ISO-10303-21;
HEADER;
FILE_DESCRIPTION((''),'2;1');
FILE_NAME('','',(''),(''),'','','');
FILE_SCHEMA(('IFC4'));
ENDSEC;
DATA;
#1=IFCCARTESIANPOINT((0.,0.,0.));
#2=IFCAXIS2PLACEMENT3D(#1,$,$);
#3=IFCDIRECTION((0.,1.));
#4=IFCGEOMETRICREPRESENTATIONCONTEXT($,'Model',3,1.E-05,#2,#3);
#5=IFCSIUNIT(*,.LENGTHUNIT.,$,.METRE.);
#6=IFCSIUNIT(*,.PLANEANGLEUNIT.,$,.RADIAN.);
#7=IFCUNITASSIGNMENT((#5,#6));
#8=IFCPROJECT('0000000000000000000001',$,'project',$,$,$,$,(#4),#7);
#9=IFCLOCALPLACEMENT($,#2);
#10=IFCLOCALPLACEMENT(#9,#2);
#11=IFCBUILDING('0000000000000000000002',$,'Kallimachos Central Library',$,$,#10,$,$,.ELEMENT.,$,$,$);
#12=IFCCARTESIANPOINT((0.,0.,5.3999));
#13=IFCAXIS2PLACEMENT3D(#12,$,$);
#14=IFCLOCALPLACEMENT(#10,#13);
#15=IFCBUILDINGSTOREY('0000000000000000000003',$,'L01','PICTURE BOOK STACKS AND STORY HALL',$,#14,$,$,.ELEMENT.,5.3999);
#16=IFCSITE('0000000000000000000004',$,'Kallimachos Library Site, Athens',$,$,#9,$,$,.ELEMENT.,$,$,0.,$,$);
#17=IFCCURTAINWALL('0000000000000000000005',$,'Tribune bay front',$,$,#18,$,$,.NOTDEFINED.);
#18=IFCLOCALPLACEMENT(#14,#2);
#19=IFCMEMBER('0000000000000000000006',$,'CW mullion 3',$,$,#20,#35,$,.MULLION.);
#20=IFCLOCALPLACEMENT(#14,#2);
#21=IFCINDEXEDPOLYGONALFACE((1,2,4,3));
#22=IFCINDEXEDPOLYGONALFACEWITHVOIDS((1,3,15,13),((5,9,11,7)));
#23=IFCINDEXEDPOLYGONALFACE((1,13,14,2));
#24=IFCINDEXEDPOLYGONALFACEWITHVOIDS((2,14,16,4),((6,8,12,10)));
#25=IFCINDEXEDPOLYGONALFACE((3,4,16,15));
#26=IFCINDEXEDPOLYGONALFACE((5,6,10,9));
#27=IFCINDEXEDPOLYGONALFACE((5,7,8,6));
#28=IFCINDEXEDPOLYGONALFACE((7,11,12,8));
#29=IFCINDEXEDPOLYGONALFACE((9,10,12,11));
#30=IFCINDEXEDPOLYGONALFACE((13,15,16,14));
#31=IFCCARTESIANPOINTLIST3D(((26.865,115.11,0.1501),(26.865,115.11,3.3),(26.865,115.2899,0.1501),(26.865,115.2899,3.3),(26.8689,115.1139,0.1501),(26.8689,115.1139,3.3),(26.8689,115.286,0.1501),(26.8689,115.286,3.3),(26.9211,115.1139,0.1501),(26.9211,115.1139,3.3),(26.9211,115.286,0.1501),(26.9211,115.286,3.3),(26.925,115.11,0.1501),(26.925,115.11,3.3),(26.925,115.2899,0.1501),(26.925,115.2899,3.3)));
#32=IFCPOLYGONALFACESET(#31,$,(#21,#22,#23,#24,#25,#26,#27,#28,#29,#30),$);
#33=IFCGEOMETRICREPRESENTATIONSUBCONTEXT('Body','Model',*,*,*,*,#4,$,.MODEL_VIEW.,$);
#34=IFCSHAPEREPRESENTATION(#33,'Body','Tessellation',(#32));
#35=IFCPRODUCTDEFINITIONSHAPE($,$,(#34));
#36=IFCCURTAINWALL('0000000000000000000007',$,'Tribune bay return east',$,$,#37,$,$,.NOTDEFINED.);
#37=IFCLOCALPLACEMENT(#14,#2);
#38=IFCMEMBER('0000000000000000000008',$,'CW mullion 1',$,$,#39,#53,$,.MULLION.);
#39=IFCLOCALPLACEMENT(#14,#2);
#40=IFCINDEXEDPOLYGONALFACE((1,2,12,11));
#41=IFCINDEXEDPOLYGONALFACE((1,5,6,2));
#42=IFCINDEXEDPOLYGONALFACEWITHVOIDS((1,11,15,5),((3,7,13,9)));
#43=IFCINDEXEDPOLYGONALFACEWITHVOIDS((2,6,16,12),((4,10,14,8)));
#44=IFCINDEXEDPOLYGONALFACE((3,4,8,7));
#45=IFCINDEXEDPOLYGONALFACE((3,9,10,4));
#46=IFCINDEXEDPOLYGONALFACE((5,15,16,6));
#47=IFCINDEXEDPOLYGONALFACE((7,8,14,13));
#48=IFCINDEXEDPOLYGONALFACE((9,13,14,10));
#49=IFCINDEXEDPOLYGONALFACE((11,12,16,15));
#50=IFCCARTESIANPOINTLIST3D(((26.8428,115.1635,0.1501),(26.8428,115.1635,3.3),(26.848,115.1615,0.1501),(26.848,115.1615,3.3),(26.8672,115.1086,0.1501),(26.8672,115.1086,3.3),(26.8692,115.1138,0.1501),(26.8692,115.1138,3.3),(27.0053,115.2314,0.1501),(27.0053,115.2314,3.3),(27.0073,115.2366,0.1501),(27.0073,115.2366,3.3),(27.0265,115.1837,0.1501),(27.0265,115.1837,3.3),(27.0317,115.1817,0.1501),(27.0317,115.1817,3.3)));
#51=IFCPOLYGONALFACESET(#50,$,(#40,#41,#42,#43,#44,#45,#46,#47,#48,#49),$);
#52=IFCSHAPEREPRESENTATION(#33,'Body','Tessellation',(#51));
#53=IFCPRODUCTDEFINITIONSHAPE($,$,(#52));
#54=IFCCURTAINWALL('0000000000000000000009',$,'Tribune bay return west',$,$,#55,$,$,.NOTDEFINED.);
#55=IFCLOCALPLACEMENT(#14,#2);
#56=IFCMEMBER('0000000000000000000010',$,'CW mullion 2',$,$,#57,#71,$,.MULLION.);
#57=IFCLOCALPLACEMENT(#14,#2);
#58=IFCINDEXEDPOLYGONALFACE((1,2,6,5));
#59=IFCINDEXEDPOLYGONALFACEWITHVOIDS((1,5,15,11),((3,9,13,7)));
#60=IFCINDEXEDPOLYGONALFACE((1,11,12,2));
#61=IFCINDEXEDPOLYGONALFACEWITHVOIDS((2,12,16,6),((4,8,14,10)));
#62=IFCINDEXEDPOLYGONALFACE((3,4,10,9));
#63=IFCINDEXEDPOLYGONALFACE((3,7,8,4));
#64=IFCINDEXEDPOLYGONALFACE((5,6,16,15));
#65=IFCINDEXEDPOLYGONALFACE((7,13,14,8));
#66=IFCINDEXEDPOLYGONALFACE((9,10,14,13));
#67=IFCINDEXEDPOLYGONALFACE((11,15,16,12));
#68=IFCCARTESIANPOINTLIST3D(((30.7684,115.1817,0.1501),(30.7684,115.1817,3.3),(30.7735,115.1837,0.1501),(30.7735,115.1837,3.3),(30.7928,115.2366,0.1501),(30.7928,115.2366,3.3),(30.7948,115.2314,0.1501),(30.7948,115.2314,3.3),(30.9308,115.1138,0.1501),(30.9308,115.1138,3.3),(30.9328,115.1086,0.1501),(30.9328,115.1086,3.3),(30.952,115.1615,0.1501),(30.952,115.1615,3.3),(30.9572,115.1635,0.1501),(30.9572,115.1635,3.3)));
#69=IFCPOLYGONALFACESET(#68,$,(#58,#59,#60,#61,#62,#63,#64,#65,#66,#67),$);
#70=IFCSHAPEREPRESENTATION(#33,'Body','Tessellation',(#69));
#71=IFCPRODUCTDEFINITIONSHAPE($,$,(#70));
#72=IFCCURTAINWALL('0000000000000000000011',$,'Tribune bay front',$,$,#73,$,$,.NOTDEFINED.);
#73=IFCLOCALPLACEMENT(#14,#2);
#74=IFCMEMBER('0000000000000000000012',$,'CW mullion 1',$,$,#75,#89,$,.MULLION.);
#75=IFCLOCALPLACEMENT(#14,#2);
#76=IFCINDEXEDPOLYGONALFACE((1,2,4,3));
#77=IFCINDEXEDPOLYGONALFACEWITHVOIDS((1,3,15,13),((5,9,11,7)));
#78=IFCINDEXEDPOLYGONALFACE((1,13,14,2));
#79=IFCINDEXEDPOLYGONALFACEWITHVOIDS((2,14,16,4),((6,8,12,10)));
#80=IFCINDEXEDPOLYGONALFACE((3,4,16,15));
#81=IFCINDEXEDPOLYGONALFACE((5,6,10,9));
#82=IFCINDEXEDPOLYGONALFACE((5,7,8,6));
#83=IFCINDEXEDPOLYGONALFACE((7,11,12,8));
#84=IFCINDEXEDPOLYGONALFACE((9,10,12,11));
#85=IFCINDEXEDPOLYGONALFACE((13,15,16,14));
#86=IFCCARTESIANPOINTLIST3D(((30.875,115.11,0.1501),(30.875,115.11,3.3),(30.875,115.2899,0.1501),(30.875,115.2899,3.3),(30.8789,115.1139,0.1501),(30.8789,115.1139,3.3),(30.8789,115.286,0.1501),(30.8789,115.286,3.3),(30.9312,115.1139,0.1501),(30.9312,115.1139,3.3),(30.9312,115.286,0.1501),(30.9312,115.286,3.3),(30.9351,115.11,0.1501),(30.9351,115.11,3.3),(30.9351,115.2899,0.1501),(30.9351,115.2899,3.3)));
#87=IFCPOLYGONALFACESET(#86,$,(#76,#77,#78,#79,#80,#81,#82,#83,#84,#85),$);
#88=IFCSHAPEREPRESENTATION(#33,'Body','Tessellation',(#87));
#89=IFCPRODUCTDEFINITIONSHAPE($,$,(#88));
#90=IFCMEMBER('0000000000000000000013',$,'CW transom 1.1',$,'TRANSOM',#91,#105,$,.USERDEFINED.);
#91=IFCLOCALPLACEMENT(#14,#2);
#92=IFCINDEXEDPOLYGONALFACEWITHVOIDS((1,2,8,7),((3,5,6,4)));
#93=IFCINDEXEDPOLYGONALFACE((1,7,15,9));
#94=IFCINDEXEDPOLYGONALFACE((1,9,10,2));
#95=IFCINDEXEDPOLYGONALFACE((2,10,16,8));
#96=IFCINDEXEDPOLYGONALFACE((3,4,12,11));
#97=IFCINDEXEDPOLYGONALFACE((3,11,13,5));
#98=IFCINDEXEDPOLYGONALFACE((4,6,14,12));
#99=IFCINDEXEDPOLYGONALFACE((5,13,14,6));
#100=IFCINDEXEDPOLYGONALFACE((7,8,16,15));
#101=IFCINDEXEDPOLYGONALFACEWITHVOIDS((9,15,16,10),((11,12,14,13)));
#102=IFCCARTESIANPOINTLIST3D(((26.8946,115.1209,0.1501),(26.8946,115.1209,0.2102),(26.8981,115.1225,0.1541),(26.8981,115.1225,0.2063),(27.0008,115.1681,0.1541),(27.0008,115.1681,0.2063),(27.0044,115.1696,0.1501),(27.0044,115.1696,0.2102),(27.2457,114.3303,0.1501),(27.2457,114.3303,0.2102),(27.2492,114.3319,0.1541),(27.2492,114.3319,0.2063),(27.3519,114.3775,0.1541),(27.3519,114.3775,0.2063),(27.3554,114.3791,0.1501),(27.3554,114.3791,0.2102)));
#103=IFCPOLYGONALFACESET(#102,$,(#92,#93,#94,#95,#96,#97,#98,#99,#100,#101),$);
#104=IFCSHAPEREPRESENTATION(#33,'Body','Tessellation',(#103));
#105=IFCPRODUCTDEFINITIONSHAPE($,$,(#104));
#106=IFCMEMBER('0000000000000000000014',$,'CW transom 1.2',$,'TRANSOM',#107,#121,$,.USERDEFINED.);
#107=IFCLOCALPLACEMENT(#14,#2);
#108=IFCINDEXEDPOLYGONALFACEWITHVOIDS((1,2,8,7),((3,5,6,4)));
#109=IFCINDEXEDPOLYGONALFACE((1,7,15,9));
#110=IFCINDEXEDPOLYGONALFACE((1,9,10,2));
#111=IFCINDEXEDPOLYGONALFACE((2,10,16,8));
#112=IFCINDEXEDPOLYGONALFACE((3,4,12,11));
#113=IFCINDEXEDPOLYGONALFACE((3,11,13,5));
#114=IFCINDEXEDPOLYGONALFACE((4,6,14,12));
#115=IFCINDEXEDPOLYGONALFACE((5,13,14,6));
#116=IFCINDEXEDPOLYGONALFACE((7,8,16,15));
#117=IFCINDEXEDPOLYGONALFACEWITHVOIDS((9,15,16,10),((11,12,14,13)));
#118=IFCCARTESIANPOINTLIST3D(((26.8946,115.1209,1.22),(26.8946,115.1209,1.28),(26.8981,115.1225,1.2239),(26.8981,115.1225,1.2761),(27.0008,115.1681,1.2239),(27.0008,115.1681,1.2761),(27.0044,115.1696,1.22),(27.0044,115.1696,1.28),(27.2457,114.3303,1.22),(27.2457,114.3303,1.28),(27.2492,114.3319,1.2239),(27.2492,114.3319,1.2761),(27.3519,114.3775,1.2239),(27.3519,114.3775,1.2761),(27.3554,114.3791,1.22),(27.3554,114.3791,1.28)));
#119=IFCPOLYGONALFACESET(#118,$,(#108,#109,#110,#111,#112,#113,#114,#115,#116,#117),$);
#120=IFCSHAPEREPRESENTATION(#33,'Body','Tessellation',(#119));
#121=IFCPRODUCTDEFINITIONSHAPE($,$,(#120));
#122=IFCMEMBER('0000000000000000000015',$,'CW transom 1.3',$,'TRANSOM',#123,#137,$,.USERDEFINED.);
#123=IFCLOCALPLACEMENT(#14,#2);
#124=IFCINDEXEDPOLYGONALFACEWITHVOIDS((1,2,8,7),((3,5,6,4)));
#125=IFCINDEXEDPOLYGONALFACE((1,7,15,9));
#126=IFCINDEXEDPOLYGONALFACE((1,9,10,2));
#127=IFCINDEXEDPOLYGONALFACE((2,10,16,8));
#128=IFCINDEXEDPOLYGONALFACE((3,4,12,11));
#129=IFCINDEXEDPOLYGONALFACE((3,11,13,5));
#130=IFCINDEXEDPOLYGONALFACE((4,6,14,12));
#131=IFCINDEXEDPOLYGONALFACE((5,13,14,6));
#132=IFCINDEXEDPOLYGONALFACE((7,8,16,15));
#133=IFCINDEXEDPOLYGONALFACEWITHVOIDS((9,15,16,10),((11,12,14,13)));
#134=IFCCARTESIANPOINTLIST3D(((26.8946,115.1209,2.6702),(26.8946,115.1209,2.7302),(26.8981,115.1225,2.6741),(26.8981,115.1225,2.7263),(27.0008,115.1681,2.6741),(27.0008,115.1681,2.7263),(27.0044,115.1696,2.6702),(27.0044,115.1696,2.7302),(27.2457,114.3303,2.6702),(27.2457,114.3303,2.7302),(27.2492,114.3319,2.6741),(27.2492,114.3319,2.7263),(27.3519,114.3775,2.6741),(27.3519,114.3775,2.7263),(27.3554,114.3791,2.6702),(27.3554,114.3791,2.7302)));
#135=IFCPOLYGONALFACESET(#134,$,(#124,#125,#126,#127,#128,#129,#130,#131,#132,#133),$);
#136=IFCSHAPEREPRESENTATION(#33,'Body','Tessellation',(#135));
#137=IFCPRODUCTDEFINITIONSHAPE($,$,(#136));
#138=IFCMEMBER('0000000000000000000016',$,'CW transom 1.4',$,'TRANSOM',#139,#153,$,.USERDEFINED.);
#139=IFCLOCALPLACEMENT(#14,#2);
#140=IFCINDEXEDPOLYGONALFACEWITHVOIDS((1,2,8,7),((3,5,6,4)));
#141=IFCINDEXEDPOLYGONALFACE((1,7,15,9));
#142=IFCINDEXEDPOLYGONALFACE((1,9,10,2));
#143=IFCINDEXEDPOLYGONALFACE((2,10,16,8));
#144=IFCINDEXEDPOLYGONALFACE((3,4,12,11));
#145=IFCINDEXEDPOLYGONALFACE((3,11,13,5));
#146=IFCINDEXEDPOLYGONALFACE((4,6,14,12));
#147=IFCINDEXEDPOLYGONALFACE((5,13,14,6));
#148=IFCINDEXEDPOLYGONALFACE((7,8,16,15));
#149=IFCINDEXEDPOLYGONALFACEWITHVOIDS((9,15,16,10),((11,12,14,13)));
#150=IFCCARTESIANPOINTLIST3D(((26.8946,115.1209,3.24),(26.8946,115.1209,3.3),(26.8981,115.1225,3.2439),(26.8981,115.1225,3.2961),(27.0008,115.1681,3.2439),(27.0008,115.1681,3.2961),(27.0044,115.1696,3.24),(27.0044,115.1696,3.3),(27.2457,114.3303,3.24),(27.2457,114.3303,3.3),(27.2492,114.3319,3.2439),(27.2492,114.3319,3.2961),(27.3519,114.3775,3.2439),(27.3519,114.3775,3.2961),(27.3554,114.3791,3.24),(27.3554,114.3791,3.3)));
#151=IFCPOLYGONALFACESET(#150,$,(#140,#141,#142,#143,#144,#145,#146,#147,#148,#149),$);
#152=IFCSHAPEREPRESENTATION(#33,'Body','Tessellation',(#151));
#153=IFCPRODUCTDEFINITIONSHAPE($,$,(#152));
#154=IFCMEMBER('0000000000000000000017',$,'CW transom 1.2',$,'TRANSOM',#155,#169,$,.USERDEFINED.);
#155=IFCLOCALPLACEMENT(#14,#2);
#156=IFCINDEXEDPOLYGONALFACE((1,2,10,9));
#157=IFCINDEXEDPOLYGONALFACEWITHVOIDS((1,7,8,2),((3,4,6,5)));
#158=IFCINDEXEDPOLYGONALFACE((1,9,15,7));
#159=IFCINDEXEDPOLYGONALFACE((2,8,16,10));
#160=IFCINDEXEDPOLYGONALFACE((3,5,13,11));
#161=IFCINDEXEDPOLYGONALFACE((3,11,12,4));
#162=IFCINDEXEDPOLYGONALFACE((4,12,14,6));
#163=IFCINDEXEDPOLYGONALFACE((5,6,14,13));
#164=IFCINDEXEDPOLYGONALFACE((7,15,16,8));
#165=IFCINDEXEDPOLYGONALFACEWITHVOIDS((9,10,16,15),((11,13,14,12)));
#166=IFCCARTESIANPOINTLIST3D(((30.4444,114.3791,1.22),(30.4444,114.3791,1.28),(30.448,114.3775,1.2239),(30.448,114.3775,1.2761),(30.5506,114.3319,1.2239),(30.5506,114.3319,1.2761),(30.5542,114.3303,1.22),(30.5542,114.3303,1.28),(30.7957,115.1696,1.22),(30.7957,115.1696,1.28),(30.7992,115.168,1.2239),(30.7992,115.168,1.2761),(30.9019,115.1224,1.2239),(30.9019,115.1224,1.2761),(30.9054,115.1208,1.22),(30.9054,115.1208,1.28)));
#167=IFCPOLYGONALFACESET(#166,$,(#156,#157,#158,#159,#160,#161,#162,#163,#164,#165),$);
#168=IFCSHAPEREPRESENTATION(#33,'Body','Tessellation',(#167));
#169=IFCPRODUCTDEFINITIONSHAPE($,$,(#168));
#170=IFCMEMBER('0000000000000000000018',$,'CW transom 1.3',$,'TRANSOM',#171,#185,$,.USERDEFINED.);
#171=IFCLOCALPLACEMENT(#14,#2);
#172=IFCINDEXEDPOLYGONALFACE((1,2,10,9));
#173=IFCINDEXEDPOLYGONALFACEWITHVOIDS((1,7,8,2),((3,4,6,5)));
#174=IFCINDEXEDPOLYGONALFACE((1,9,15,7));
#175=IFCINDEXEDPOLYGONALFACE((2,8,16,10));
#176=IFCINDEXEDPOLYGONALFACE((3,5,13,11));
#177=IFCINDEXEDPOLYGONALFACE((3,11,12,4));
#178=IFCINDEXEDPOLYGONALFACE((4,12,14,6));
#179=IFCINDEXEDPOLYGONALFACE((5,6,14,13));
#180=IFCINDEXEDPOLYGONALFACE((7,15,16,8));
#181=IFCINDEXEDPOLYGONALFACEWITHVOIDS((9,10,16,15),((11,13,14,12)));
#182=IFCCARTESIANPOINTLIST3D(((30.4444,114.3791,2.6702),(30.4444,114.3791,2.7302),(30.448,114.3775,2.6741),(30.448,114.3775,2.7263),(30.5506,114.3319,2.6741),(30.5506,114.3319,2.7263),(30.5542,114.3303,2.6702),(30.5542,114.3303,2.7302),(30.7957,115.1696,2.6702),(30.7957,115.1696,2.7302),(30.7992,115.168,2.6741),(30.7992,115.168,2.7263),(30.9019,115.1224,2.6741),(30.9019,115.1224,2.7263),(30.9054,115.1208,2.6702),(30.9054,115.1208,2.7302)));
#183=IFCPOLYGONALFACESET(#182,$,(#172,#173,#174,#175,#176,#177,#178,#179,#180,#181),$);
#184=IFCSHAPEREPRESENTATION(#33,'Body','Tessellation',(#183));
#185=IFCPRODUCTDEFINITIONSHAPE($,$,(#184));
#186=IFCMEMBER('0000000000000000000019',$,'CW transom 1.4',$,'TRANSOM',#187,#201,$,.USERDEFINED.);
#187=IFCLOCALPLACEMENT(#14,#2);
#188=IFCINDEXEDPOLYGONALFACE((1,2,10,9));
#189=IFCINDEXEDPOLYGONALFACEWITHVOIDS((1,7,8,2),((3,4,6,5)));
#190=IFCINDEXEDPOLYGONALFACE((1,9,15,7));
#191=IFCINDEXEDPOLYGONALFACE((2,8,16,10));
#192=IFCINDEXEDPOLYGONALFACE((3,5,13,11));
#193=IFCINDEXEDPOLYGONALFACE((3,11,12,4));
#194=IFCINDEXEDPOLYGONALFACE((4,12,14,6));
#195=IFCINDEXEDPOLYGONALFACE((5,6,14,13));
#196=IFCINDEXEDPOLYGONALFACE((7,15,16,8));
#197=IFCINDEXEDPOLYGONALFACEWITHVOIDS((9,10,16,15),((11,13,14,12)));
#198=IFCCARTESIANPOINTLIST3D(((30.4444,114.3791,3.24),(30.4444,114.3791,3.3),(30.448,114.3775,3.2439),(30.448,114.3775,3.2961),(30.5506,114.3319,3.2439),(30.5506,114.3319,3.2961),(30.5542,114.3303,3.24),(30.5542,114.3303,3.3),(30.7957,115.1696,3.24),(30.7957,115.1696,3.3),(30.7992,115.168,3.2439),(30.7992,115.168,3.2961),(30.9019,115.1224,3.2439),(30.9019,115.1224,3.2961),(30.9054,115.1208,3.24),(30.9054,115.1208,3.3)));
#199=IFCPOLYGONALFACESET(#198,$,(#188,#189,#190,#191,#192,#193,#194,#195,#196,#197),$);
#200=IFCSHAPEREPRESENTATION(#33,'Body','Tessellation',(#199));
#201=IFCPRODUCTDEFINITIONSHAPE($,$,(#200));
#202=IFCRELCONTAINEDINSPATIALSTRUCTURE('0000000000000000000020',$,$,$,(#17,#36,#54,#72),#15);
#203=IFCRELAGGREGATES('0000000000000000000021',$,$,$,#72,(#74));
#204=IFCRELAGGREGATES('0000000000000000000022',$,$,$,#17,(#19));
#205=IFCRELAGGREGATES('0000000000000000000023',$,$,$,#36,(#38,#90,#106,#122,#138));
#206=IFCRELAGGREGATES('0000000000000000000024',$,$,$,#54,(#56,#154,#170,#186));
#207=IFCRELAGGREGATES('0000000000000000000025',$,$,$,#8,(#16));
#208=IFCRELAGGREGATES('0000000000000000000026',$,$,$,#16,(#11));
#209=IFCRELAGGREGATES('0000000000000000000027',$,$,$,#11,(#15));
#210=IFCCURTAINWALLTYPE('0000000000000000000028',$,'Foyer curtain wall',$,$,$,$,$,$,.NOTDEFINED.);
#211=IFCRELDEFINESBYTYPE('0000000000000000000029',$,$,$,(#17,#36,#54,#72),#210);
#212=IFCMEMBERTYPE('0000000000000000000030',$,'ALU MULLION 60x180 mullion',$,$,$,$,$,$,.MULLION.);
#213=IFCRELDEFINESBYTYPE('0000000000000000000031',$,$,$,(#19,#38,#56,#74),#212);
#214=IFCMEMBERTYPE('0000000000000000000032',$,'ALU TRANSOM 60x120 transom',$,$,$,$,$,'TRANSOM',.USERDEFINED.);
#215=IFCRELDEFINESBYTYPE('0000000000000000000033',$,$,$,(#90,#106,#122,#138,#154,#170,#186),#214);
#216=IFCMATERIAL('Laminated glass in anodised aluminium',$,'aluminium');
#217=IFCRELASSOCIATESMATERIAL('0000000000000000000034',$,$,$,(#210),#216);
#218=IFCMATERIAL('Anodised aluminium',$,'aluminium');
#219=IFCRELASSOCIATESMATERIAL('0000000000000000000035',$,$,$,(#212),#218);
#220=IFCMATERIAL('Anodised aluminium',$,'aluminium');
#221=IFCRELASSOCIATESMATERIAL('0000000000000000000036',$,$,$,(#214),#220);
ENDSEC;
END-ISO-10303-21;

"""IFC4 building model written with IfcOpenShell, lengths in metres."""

from ifc_helpers import new_model, si_unit, direction, frame, origin, origin_2d, place, context, subcontext, project, spatial, hollow_rectangle, extrude, material, material_profile, profile_set, type_object, element, aggregate, save


model = new_model("IFC4")

# Units and contexts
model_context = context("Model", 3, precision=1e-05, world=origin(), true_north=direction((0.0, 1.0)))
body_context = subcontext(model_context, "Body", "Model", "MODEL_VIEW")
ifc_project = project(units=[si_unit("LENGTHUNIT", "METRE"), si_unit("PLANEANGLEUNIT", "RADIAN")], contexts=[model_context])

# Site, building, storey
site_placement = place(None, origin())
site = spatial("IfcSite", under=ifc_project, at=site_placement, Name="Kallimachos Library Site, Athens", CompositionType="ELEMENT", RefElevation=0.0)
building_placement = place(site_placement, origin())
building = spatial("IfcBuilding", under=site, at=building_placement, Name="Kallimachos Central Library", CompositionType="ELEMENT")
storey_placement = place(building_placement, frame((0.0, 0.0, 5.3999)))
storey = spatial("IfcBuildingStorey", under=building, at=storey_placement, Name="L01", Description="PICTURE BOOK STACKS AND STORY HALL", CompositionType="ELEMENT", Elevation=5.3999)

# Curtain walls, members
ifc_material_1 = material(Name="Laminated glass in anodised aluminium", Category="aluminium")
curtain_wall_type = type_object("IfcCurtainWallType", Name="Foyer curtain wall", PredefinedType="NOTDEFINED", material=ifc_material_1)
curtain_wall_1_placement = place(storey_placement, origin())
curtain_wall_1 = element("IfcCurtainWall", 1, at=curtain_wall_1_placement, inside=storey, type_object=curtain_wall_type, Name="Tribune bay front", PredefinedType="NOTDEFINED")
ifc_material_2 = material(Name="Anodised aluminium", Category="aluminium")
ifc_material_profile_1 = material_profile(ifc_material_2, hollow_rectangle(XDim=0.0601, YDim=0.1799, WallThickness=0.0039, at=origin_2d()), Name="ALU MULLION 60x180")
ifc_profile_set_1 = profile_set([ifc_material_profile_1], Name="Anodised aluminium")
member_type_1 = type_object("IfcMemberType", Name="ALU MULLION 60x180 mullion", PredefinedType="MULLION", material=ifc_profile_set_1)
member_1_placement = place(storey_placement, frame((26.895, 115.2, 0.1501), z_axis=(0.0, 0.0, 1.0), x_axis=(1.0, 0.0, 0.0)))
member_1 = element("IfcMember", 2, at=member_1_placement, type_object=member_type_1, Name="CW mullion 3", PredefinedType="MULLION", context=body_context, shape_type="SweptSolid", body=[
    extrude(hollow_rectangle(XDim=0.0601, YDim=0.1799, WallThickness=0.0039, at=origin_2d()), origin(), (0.0, 0.0, 1.0), 3.1499),
])
curtain_wall_2_placement = place(storey_placement, origin())
curtain_wall_2 = element("IfcCurtainWall", 3, at=curtain_wall_2_placement, inside=storey, type_object=curtain_wall_type, Name="Tribune bay return east", PredefinedType="NOTDEFINED")
member_2_placement = place(storey_placement, frame((26.9373, 115.1726, 0.1501), z_axis=(0.0, 0.0, 1.0), x_axis=(0.406138, -0.913812, 0.0)))
member_2 = element("IfcMember", 4, at=member_2_placement, type_object=member_type_1, Name="CW mullion 1", PredefinedType="MULLION", context=body_context, shape_type="SweptSolid", body=[
    extrude(hollow_rectangle(XDim=0.0601, YDim=0.1799, WallThickness=0.0039, at=origin_2d()), origin(), (0.0, 0.0, 1.0), 3.1499),
])
curtain_wall_3_placement = place(storey_placement, origin())
curtain_wall_3 = element("IfcCurtainWall", 5, at=curtain_wall_3_placement, inside=storey, type_object=curtain_wall_type, Name="Tribune bay return west", PredefinedType="NOTDEFINED")
member_3_placement = place(storey_placement, frame((30.8628, 115.1726, 0.1501), z_axis=(0.0, 0.0, 1.0), x_axis=(0.406138, 0.913812, 0.0)))
member_3 = element("IfcMember", 6, at=member_3_placement, type_object=member_type_1, Name="CW mullion 2", PredefinedType="MULLION", context=body_context, shape_type="SweptSolid", body=[
    extrude(hollow_rectangle(XDim=0.0601, YDim=0.1799, WallThickness=0.0039, at=origin_2d()), origin(), (0.0, 0.0, 1.0), 3.1499),
])
curtain_wall_4_placement = place(storey_placement, origin())
curtain_wall_4 = element("IfcCurtainWall", 7, at=curtain_wall_4_placement, inside=storey, type_object=curtain_wall_type, Name="Tribune bay front", PredefinedType="NOTDEFINED")
member_4_placement = place(storey_placement, frame((30.905, 115.2, 0.1501), z_axis=(0.0, 0.0, 1.0), x_axis=(1.0, 0.0, 0.0)))
member_4 = element("IfcMember", 8, at=member_4_placement, type_object=member_type_1, Name="CW mullion 1", PredefinedType="MULLION", context=body_context, shape_type="SweptSolid", body=[
    extrude(hollow_rectangle(XDim=0.0601, YDim=0.1799, WallThickness=0.0039, at=origin_2d()), origin(), (0.0, 0.0, 1.0), 3.1499),
])

# Members
ifc_material_3 = material(Name="Anodised aluminium", Category="aluminium")
ifc_material_profile_2 = material_profile(ifc_material_3, hollow_rectangle(XDim=0.0601, YDim=0.1201, WallThickness=0.0039, at=origin_2d()), Name="ALU TRANSOM 60x120")
ifc_profile_set_2 = profile_set([ifc_material_profile_2], Name="Anodised aluminium")
member_type_2 = type_object("IfcMemberType", Name="ALU TRANSOM 60x120 transom", ElementType="TRANSOM", PredefinedType="USERDEFINED", material=ifc_profile_set_2)
member_5_placement = place(storey_placement, frame((26.9495, 115.1453, 0.1802), z_axis=(0.405877, -0.913928, 0.0), x_axis=(0.0, 0.0, 1.0)))
member_5 = element("IfcMember", 9, at=member_5_placement, type_object=member_type_2, Name="CW transom 1.1", ObjectType="TRANSOM", PredefinedType="USERDEFINED", context=body_context, shape_type="SweptSolid", body=[
    extrude(hollow_rectangle(XDim=0.0601, YDim=0.1201, WallThickness=0.0039, at=origin_2d()), origin(), (0.0, 0.0, 1.0), 0.865),
])
member_6_placement = place(storey_placement, frame((26.9495, 115.1453, 1.25), z_axis=(0.405877, -0.913928, 0.0), x_axis=(0.0, 0.0, 1.0)))
member_6 = element("IfcMember", 10, at=member_6_placement, type_object=member_type_2, Name="CW transom 1.2", ObjectType="TRANSOM", PredefinedType="USERDEFINED", context=body_context, shape_type="SweptSolid", body=[
    extrude(hollow_rectangle(XDim=0.0601, YDim=0.1201, WallThickness=0.0039, at=origin_2d()), origin(), (0.0, 0.0, 1.0), 0.865),
])
member_7_placement = place(storey_placement, frame((26.9495, 115.1453, 2.7002), z_axis=(0.405877, -0.913928, 0.0), x_axis=(0.0, 0.0, 1.0)))
member_7 = element("IfcMember", 11, at=member_7_placement, type_object=member_type_2, Name="CW transom 1.3", ObjectType="TRANSOM", PredefinedType="USERDEFINED", context=body_context, shape_type="SweptSolid", body=[
    extrude(hollow_rectangle(XDim=0.0601, YDim=0.1201, WallThickness=0.0039, at=origin_2d()), origin(), (0.0, 0.0, 1.0), 0.865),
])
member_8_placement = place(storey_placement, frame((26.9495, 115.1453, 3.27), z_axis=(0.405877, -0.913928, 0.0), x_axis=(0.0, 0.0, 1.0)))
member_8 = element("IfcMember", 12, at=member_8_placement, type_object=member_type_2, Name="CW transom 1.4", ObjectType="TRANSOM", PredefinedType="USERDEFINED", context=body_context, shape_type="SweptSolid", body=[
    extrude(hollow_rectangle(XDim=0.0601, YDim=0.1201, WallThickness=0.0039, at=origin_2d()), origin(), (0.0, 0.0, 1.0), 0.865),
])
member_9_placement = place(storey_placement, frame((30.4993, 114.3547, 1.25), z_axis=(0.406112, 0.913823, 0.0), x_axis=(0.0, 0.0, 1.0)))
member_9 = element("IfcMember", 13, at=member_9_placement, type_object=member_type_2, Name="CW transom 1.2", ObjectType="TRANSOM", PredefinedType="USERDEFINED", context=body_context, shape_type="SweptSolid", body=[
    extrude(hollow_rectangle(XDim=0.0601, YDim=0.1201, WallThickness=0.0039, at=origin_2d()), origin(), (0.0, 0.0, 1.0), 0.865),
])
member_10_placement = place(storey_placement, frame((30.4993, 114.3547, 2.7002), z_axis=(0.406112, 0.913823, 0.0), x_axis=(0.0, 0.0, 1.0)))
member_10 = element("IfcMember", 14, at=member_10_placement, type_object=member_type_2, Name="CW transom 1.3", ObjectType="TRANSOM", PredefinedType="USERDEFINED", context=body_context, shape_type="SweptSolid", body=[
    extrude(hollow_rectangle(XDim=0.0601, YDim=0.1201, WallThickness=0.0039, at=origin_2d()), origin(), (0.0, 0.0, 1.0), 0.865),
])
member_11_placement = place(storey_placement, frame((30.4993, 114.3547, 3.27), z_axis=(0.406112, 0.913823, 0.0), x_axis=(0.0, 0.0, 1.0)))
member_11 = element("IfcMember", 15, at=member_11_placement, type_object=member_type_2, Name="CW transom 1.4", ObjectType="TRANSOM", PredefinedType="USERDEFINED", context=body_context, shape_type="SweptSolid", body=[
    extrude(hollow_rectangle(XDim=0.0601, YDim=0.1201, WallThickness=0.0039, at=origin_2d()), origin(), (0.0, 0.0, 1.0), 0.865),
])
aggregate(curtain_wall_4, [member_4])

aggregate(curtain_wall_1, [member_1])
aggregate(curtain_wall_2, [member_2, member_5, member_6, member_7, member_8])
aggregate(curtain_wall_3, [member_3, member_9, member_10, member_11])

save(model, "model.ifc")
